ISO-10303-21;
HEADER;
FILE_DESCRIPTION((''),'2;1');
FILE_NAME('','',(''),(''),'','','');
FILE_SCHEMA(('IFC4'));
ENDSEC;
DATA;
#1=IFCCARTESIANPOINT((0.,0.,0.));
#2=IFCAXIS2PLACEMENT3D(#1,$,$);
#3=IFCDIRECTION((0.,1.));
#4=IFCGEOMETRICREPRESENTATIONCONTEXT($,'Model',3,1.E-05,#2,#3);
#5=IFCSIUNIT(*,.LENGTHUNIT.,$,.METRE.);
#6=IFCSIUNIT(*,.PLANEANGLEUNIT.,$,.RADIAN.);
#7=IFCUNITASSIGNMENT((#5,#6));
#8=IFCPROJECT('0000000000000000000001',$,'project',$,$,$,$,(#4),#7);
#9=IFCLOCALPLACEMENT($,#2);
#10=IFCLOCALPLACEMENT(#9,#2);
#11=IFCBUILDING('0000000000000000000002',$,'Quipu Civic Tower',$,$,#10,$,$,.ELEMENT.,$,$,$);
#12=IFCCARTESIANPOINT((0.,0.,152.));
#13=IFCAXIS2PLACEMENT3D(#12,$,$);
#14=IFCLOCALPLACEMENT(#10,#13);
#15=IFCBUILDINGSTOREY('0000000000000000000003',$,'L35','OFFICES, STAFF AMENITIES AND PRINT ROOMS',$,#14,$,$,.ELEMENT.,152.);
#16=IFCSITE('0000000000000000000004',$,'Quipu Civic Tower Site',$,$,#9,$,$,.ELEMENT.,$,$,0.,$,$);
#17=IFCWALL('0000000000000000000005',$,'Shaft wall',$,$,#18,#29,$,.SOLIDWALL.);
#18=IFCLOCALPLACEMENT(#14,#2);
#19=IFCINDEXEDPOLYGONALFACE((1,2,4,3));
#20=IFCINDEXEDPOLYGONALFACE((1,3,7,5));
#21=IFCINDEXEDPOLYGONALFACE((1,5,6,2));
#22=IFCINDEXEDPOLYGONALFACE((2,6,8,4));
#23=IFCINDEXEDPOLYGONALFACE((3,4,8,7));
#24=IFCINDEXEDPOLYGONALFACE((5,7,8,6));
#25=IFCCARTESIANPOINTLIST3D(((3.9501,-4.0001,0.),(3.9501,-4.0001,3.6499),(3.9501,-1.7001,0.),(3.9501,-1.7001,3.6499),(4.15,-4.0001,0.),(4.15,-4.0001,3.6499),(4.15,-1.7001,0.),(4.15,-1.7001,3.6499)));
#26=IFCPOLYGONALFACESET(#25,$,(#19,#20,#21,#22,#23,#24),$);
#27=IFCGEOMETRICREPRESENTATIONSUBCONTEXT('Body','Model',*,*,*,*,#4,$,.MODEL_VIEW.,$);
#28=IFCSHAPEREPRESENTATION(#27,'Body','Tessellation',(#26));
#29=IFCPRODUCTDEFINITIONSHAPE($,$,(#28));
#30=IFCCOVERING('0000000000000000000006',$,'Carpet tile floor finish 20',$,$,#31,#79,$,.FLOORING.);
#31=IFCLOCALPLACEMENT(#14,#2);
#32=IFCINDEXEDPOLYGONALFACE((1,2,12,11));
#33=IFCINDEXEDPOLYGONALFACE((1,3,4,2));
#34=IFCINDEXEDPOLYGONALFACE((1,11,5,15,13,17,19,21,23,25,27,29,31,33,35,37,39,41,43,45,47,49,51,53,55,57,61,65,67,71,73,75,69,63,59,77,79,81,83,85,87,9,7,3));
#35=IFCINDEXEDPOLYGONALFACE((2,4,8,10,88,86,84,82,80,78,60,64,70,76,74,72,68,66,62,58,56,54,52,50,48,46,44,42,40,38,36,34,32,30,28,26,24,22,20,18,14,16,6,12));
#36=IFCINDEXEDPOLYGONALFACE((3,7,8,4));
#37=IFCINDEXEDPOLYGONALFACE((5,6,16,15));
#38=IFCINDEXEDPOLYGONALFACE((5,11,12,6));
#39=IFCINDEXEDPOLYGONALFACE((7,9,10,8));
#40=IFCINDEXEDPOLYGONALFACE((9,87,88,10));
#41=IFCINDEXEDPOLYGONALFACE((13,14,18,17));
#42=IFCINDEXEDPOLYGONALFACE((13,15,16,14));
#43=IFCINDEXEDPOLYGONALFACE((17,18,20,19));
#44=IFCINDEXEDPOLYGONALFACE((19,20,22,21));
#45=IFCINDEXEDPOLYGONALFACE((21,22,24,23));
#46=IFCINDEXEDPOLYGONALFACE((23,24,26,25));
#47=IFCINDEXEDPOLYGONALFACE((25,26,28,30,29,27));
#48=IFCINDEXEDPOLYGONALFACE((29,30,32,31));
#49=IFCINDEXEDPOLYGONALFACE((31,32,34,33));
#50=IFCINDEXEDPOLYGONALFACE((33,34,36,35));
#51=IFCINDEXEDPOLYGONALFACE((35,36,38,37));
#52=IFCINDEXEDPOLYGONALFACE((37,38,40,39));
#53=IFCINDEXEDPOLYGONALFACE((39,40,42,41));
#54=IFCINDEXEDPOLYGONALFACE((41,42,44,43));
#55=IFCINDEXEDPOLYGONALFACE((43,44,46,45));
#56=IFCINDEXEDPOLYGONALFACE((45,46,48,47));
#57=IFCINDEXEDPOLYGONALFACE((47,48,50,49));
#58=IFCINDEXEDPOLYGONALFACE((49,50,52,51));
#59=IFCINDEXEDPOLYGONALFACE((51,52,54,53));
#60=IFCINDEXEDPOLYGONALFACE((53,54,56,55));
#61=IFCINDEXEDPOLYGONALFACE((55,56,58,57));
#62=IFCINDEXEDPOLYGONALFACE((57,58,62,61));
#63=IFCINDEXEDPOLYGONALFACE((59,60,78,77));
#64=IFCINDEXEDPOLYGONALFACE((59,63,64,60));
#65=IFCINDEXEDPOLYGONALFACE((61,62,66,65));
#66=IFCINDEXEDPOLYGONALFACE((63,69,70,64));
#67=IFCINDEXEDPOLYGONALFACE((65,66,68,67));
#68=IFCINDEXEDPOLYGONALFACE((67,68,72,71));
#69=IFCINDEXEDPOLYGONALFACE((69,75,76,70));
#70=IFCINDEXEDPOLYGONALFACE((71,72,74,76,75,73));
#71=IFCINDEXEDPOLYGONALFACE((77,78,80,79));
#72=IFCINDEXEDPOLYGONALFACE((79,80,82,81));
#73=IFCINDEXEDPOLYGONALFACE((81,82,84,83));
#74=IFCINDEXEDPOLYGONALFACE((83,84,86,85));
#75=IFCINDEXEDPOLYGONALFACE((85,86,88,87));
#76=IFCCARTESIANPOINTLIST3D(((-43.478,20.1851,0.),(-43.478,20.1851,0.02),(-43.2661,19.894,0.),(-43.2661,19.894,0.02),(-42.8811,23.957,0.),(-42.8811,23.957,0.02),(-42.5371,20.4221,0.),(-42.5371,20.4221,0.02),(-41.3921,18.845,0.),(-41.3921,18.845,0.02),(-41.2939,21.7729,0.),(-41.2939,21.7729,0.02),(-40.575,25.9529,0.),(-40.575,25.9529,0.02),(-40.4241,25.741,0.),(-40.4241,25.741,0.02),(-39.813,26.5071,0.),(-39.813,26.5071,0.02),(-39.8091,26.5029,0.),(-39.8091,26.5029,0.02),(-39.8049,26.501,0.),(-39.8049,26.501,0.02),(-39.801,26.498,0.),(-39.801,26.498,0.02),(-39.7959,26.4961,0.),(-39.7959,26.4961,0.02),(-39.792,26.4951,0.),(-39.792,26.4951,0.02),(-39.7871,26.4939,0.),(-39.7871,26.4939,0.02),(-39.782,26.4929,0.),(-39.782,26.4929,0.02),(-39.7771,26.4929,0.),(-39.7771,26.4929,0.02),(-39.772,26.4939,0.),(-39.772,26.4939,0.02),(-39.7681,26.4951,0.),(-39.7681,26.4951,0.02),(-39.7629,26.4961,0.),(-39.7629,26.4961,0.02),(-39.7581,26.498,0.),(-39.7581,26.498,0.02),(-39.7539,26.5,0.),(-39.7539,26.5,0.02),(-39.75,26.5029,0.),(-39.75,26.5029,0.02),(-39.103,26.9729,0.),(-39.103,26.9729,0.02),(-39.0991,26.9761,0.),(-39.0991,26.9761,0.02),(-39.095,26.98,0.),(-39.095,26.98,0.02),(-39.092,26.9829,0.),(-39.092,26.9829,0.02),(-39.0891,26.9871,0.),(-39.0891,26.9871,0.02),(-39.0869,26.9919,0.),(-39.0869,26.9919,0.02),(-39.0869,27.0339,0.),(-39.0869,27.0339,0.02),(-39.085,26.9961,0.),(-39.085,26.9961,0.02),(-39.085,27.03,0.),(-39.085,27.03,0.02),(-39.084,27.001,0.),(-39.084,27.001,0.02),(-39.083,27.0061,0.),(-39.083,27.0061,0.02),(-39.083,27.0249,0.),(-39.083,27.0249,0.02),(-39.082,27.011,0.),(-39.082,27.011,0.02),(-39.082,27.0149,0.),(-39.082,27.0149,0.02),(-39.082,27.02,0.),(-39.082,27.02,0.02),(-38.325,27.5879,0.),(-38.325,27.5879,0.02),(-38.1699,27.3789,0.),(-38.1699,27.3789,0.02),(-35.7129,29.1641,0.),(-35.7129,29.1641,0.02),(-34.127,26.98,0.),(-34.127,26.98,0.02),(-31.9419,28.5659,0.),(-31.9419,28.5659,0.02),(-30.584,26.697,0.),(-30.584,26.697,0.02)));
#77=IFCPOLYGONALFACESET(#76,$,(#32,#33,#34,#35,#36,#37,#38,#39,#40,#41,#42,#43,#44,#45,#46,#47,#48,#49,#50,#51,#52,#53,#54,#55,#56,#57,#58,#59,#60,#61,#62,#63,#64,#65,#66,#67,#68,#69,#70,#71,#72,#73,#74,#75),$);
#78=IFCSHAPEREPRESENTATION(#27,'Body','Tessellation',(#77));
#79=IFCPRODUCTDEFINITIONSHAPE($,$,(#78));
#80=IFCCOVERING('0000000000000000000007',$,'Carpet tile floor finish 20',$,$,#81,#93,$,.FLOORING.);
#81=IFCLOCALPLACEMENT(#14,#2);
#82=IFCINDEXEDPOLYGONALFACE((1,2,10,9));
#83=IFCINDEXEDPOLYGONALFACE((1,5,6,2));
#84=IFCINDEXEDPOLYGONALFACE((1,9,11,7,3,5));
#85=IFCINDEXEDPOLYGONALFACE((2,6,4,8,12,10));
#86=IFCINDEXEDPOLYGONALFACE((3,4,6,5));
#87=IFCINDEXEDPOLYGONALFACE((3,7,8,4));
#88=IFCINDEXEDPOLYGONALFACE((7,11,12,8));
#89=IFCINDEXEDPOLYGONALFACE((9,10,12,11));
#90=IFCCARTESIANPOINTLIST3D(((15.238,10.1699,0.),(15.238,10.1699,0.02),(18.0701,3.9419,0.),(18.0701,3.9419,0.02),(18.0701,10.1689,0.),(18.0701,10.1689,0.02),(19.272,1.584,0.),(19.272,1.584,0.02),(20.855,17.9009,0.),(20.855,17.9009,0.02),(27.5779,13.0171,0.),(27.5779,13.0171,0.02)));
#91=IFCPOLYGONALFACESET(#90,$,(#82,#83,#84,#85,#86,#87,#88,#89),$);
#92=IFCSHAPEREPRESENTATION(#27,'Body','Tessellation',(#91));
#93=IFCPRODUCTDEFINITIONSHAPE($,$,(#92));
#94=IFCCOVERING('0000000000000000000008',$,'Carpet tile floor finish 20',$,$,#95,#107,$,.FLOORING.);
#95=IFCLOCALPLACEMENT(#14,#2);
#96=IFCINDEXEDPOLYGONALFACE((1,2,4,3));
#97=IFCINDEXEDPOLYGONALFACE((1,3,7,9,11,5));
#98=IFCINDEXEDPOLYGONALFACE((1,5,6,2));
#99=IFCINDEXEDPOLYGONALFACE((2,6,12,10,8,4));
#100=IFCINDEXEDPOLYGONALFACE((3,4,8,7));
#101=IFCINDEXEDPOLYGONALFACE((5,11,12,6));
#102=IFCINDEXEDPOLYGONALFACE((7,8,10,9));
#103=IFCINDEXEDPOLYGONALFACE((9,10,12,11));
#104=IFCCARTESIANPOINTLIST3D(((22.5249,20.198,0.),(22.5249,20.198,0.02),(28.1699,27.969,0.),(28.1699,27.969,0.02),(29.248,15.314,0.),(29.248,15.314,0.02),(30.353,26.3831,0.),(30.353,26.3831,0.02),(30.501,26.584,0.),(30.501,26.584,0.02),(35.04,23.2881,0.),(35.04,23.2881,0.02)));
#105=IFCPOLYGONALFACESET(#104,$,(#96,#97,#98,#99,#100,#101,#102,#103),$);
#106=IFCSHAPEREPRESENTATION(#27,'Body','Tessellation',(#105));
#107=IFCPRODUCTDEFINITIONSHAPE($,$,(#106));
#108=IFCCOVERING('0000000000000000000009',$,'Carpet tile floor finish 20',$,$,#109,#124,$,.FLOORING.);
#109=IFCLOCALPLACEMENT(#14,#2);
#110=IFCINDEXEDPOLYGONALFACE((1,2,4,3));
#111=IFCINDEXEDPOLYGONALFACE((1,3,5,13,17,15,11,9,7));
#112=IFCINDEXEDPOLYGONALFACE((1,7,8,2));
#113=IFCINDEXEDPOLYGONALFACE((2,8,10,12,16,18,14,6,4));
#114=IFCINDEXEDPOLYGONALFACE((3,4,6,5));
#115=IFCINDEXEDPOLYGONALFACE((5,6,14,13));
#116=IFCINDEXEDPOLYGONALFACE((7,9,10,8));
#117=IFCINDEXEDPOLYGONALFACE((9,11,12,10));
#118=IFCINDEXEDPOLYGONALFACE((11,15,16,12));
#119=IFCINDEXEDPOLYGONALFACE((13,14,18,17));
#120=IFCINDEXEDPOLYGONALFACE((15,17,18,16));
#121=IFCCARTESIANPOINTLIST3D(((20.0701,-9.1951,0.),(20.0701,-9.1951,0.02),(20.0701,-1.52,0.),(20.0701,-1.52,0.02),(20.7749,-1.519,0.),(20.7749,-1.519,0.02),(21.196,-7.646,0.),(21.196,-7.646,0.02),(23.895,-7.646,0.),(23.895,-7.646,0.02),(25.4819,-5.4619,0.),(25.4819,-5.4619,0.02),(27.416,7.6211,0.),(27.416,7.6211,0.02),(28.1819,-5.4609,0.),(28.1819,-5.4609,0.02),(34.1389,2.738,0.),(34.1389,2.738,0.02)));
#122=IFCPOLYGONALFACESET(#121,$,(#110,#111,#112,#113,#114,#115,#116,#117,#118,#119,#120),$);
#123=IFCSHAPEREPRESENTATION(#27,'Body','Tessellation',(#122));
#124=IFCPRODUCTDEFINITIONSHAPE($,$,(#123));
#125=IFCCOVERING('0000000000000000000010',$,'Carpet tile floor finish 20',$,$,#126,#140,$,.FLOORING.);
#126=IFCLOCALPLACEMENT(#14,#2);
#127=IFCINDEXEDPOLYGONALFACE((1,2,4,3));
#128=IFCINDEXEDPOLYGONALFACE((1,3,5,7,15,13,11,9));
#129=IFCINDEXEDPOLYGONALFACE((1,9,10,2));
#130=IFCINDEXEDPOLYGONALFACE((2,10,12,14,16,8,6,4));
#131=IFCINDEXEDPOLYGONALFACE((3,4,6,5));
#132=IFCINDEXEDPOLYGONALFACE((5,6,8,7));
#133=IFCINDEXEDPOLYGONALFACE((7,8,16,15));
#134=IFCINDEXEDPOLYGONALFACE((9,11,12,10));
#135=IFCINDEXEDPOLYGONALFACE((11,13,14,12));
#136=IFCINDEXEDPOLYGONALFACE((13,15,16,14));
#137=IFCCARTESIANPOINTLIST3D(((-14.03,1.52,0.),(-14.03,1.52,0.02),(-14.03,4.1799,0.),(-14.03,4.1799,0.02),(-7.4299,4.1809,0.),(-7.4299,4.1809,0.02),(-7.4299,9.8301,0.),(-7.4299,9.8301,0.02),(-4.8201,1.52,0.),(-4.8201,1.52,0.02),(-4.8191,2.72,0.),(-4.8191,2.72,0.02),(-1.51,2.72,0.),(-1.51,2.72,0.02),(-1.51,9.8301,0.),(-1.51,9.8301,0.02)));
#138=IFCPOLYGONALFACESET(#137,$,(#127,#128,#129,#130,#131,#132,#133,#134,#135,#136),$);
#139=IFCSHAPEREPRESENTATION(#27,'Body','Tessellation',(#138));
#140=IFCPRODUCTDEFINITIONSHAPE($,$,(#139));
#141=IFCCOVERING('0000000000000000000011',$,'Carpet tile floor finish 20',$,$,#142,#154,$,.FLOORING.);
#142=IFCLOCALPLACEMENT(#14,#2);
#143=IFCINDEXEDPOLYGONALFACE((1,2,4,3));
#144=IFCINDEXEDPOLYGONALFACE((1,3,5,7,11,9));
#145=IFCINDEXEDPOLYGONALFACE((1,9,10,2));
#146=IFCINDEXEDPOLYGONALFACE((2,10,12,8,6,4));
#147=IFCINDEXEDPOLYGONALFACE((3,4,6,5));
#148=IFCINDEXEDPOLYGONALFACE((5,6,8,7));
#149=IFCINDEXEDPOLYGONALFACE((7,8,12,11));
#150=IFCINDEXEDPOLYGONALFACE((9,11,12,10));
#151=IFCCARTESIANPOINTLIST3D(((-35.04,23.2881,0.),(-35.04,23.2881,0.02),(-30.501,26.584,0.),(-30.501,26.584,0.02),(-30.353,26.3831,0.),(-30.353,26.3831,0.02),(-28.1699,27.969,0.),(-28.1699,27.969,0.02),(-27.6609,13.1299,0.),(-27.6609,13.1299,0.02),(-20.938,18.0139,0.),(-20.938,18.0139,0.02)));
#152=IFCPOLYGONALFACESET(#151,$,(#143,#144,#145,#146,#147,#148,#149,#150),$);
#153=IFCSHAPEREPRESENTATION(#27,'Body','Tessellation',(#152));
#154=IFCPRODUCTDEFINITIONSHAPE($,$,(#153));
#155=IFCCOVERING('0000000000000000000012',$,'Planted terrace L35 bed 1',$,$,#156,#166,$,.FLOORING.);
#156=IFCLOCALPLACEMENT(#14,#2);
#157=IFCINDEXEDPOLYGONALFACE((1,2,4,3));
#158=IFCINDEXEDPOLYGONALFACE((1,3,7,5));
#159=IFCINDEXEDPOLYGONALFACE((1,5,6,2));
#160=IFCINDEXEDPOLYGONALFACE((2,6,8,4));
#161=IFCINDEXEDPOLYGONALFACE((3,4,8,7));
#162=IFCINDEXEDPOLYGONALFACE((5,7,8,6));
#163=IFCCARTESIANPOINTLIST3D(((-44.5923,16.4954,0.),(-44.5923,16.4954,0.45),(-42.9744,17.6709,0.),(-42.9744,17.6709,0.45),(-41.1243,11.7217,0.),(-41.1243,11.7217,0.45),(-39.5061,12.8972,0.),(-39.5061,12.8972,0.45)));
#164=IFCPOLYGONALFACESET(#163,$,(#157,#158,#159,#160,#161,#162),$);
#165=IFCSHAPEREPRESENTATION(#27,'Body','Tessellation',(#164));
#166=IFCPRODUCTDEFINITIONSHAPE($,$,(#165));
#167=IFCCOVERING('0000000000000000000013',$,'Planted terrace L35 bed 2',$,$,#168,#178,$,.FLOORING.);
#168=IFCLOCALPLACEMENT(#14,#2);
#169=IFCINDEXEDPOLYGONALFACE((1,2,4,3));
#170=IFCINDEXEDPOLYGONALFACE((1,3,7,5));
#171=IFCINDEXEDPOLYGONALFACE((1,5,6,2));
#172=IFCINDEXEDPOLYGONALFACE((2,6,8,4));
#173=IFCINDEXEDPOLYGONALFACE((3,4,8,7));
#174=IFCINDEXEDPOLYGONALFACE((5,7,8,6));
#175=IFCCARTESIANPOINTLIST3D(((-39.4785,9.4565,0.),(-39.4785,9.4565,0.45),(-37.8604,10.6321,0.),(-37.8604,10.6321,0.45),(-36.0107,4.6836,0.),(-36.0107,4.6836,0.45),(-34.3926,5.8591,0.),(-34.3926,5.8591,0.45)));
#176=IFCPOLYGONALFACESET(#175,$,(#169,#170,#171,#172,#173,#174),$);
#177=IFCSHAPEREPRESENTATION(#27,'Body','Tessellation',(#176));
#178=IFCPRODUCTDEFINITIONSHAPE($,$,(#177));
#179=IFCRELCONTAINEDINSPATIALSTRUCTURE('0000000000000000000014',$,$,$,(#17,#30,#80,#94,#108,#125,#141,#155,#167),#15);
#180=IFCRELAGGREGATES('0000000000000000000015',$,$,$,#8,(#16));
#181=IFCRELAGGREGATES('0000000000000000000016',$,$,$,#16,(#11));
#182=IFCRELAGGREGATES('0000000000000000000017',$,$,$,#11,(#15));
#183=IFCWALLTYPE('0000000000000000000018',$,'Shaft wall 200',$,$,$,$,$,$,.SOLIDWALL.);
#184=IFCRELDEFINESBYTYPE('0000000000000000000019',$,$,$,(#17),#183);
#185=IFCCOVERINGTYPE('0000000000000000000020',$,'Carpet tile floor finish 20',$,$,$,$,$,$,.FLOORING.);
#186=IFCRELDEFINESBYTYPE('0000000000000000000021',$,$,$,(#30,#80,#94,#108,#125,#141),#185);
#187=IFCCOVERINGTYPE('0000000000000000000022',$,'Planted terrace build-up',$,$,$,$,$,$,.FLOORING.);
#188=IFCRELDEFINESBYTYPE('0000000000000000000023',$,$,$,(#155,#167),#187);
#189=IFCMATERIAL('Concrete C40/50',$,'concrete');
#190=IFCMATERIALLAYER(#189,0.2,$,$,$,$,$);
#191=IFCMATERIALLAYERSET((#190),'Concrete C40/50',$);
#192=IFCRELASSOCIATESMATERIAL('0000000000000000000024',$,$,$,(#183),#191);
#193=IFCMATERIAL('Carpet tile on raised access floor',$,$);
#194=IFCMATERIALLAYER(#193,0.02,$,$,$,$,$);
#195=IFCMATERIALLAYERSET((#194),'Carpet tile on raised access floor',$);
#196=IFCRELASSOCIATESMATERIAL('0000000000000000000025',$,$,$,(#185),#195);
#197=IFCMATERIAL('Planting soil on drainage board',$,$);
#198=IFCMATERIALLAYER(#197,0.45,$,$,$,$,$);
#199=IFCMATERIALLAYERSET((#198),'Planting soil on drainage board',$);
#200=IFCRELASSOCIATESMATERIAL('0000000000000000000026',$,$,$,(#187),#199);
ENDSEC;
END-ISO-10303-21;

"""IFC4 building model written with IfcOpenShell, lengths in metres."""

from ifc_helpers import new_model, si_unit, direction, frame, frame_2d, origin, place, context, subcontext, project, spatial, polyline, rectangle, outline, extrude, material, layer, layer_set, type_object, element, save


model = new_model("IFC4")

# Units and contexts
model_context = context("Model", 3, precision=1e-05, world=origin(), true_north=direction((0.0, 1.0)))
body_context = subcontext(model_context, "Body", "Model", "MODEL_VIEW")
ifc_project = project(units=[si_unit("LENGTHUNIT", "METRE"), si_unit("PLANEANGLEUNIT", "RADIAN")], contexts=[model_context])

# Site, building, storey
site_placement = place(None, origin())
site = spatial("IfcSite", under=ifc_project, at=site_placement, Name="Quipu Civic Tower Site", CompositionType="ELEMENT", RefElevation=0.0)
building_placement = place(site_placement, origin())
building = spatial("IfcBuilding", under=site, at=building_placement, Name="Quipu Civic Tower", CompositionType="ELEMENT")
storey_placement = place(building_placement, frame((0.0, 0.0, 152.0)))
storey = spatial("IfcBuildingStorey", under=building, at=storey_placement, Name="L35", Description="OFFICES, STAFF AMENITIES AND PRINT ROOMS", CompositionType="ELEMENT", Elevation=152.0)

# Wall
ifc_material_1 = material(Name="Concrete C40/50", Category="concrete")
ifc_layer_1 = layer(ifc_material_1, 0.2)
ifc_layer_set_1 = layer_set([ifc_layer_1], Name="Concrete C40/50")
wall_type_1 = type_object("IfcWallType", Name="Shaft wall 200", PredefinedType="SOLIDWALL", material=ifc_layer_set_1)
for number, where, z_axis, x_axis, name in (
    (1, (4.05, -4.0, 0.0), (0.0, 0.0, 1.0), (0.0, 1.0, 0.0), "Shaft wall"),
):
    element("IfcWall", number, at=place(storey_placement, frame(where, z_axis=z_axis, x_axis=x_axis)), inside=storey, type_object=wall_type_1, Name=name, PredefinedType="SOLIDWALL", context=body_context, shape_type="SweptSolid", body=[
        extrude(rectangle(XDim=2.3, YDim=0.2, at=frame_2d((1.1499, 0.0))), origin(), (0.0, 0.0, 1.0), 3.6499),
    ])

# Coverings
ifc_material_2 = material(Name="Carpet tile on raised access floor")
ifc_layer_2 = layer(ifc_material_2, 0.02)
ifc_layer_set_2 = layer_set([ifc_layer_2], Name="Carpet tile on raised access floor")
covering_type_1 = type_object("IfcCoveringType", Name="Carpet tile floor finish 20", PredefinedType="FLOORING", material=ifc_layer_set_2)
covering_1_placement = place(storey_placement, origin())
element("IfcCovering", 2, at=covering_1_placement, inside=storey, type_object=covering_type_1, Name="Carpet tile floor finish 20", PredefinedType="FLOORING", context=body_context, shape_type="SweptSolid", body=[
    extrude(outline(polyline([(-43.478, 20.1851), (-41.2939, 21.7729), (-42.8811, 23.957), (-40.4241, 25.741), (-40.575, 25.9529), (-39.813, 26.5071), (-39.8091, 26.5029), (-39.8049, 26.501), (-39.801, 26.498), (-39.7959, 26.4961), (-39.792, 26.4951), (-39.7871, 26.4939), (-39.782, 26.4929), (-39.7771, 26.4929), (-39.772, 26.4939), (-39.7681, 26.4951), (-39.7629, 26.4961), (-39.7581, 26.498), (-39.7539, 26.5), (-39.75, 26.5029), (-39.103, 26.9729), (-39.0991, 26.9761), (-39.095, 26.98), (-39.092, 26.9829), (-39.0891, 26.9871), (-39.0869, 26.9919), (-39.085, 26.9961), (-39.084, 27.001), (-39.083, 27.0061), (-39.082, 27.011), (-39.082, 27.0149), (-39.082, 27.02), (-39.083, 27.0249), (-39.085, 27.03), (-39.0869, 27.0339), (-38.325, 27.5879), (-38.1699, 27.3789), (-35.7129, 29.1641), (-34.127, 26.98), (-31.9419, 28.5659), (-30.584, 26.697), (-41.3921, 18.845), (-42.5371, 20.4221), (-43.2661, 19.894), (-43.478, 20.1851)])), origin(), (0.0, 0.0, 1.0), 0.02),
])
covering_2_placement = place(storey_placement, origin())
element("IfcCovering", 3, at=covering_2_placement, inside=storey, type_object=covering_type_1, Name="Carpet tile floor finish 20", PredefinedType="FLOORING", context=body_context, shape_type="SweptSolid", body=[
    extrude(outline(polyline([(15.238, 10.1699), (20.855, 17.9009), (27.5779, 13.0171), (19.272, 1.584), (18.0701, 3.9419), (18.0701, 10.1689), (15.238, 10.1699)])), origin(), (0.0, 0.0, 1.0), 0.02),
])
covering_3_placement = place(storey_placement, origin())
element("IfcCovering", 4, at=covering_3_placement, inside=storey, type_object=covering_type_1, Name="Carpet tile floor finish 20", PredefinedType="FLOORING", context=body_context, shape_type="SweptSolid", body=[
    extrude(outline(polyline([(22.5249, 20.198), (28.1699, 27.969), (30.353, 26.3831), (30.501, 26.584), (35.04, 23.2881), (29.248, 15.314), (22.5249, 20.198)])), origin(), (0.0, 0.0, 1.0), 0.02),
])
covering_4_placement = place(storey_placement, origin())
element("IfcCovering", 5, at=covering_4_placement, inside=storey, type_object=covering_type_1, Name="Carpet tile floor finish 20", PredefinedType="FLOORING", context=body_context, shape_type="SweptSolid", body=[
    extrude(outline(polyline([(20.0701, -9.1951), (20.0701, -1.52), (20.7749, -1.519), (27.416, 7.6211), (34.1389, 2.738), (28.1819, -5.4609), (25.4819, -5.4619), (23.895, -7.646), (21.196, -7.646), (20.0701, -9.1951)])), origin(), (0.0, 0.0, 1.0), 0.02),
])
covering_5_placement = place(storey_placement, origin())
element("IfcCovering", 6, at=covering_5_placement, inside=storey, type_object=covering_type_1, Name="Carpet tile floor finish 20", PredefinedType="FLOORING", context=body_context, shape_type="SweptSolid", body=[
    extrude(outline(polyline([(-14.03, 1.52), (-14.03, 4.1799), (-7.4299, 4.1809), (-7.4299, 9.8301), (-1.51, 9.8301), (-1.51, 2.72), (-4.8191, 2.72), (-4.8201, 1.52), (-14.03, 1.52)])), origin(), (0.0, 0.0, 1.0), 0.02),
])
covering_6_placement = place(storey_placement, origin())
element("IfcCovering", 7, at=covering_6_placement, inside=storey, type_object=covering_type_1, Name="Carpet tile floor finish 20", PredefinedType="FLOORING", context=body_context, shape_type="SweptSolid", body=[
    extrude(outline(polyline([(-35.04, 23.2881), (-30.501, 26.584), (-30.353, 26.3831), (-28.1699, 27.969), (-20.938, 18.0139), (-27.6609, 13.1299), (-35.04, 23.2881)])), origin(), (0.0, 0.0, 1.0), 0.02),
])
ifc_material_3 = material(Name="Planting soil on drainage board")
ifc_layer_3 = layer(ifc_material_3, 0.45)
ifc_layer_set_3 = layer_set([ifc_layer_3], Name="Planting soil on drainage board")
covering_type_2 = type_object("IfcCoveringType", Name="Planted terrace build-up", PredefinedType="FLOORING", material=ifc_layer_set_3)
covering_7_placement = place(storey_placement, origin())
element("IfcCovering", 8, at=covering_7_placement, inside=storey, type_object=covering_type_2, Name="Planted terrace L35 bed 1", PredefinedType="FLOORING", context=body_context, shape_type="SweptSolid", body=[
    extrude(outline(polyline([(-44.5923, 16.4954), (-42.9744, 17.6709), (-39.5061, 12.8972), (-41.1243, 11.7217), (-44.5923, 16.4954)])), origin(), (0.0, 0.0, 1.0), 0.45),
])
covering_8_placement = place(storey_placement, origin())
element("IfcCovering", 9, at=covering_8_placement, inside=storey, type_object=covering_type_2, Name="Planted terrace L35 bed 2", PredefinedType="FLOORING", context=body_context, shape_type="SweptSolid", body=[
    extrude(outline(polyline([(-39.4785, 9.4565), (-37.8604, 10.6321), (-34.3926, 5.8591), (-36.0107, 4.6836), (-39.4785, 9.4565)])), origin(), (0.0, 0.0, 1.0), 0.45),
])

save(model, "model.ifc")
